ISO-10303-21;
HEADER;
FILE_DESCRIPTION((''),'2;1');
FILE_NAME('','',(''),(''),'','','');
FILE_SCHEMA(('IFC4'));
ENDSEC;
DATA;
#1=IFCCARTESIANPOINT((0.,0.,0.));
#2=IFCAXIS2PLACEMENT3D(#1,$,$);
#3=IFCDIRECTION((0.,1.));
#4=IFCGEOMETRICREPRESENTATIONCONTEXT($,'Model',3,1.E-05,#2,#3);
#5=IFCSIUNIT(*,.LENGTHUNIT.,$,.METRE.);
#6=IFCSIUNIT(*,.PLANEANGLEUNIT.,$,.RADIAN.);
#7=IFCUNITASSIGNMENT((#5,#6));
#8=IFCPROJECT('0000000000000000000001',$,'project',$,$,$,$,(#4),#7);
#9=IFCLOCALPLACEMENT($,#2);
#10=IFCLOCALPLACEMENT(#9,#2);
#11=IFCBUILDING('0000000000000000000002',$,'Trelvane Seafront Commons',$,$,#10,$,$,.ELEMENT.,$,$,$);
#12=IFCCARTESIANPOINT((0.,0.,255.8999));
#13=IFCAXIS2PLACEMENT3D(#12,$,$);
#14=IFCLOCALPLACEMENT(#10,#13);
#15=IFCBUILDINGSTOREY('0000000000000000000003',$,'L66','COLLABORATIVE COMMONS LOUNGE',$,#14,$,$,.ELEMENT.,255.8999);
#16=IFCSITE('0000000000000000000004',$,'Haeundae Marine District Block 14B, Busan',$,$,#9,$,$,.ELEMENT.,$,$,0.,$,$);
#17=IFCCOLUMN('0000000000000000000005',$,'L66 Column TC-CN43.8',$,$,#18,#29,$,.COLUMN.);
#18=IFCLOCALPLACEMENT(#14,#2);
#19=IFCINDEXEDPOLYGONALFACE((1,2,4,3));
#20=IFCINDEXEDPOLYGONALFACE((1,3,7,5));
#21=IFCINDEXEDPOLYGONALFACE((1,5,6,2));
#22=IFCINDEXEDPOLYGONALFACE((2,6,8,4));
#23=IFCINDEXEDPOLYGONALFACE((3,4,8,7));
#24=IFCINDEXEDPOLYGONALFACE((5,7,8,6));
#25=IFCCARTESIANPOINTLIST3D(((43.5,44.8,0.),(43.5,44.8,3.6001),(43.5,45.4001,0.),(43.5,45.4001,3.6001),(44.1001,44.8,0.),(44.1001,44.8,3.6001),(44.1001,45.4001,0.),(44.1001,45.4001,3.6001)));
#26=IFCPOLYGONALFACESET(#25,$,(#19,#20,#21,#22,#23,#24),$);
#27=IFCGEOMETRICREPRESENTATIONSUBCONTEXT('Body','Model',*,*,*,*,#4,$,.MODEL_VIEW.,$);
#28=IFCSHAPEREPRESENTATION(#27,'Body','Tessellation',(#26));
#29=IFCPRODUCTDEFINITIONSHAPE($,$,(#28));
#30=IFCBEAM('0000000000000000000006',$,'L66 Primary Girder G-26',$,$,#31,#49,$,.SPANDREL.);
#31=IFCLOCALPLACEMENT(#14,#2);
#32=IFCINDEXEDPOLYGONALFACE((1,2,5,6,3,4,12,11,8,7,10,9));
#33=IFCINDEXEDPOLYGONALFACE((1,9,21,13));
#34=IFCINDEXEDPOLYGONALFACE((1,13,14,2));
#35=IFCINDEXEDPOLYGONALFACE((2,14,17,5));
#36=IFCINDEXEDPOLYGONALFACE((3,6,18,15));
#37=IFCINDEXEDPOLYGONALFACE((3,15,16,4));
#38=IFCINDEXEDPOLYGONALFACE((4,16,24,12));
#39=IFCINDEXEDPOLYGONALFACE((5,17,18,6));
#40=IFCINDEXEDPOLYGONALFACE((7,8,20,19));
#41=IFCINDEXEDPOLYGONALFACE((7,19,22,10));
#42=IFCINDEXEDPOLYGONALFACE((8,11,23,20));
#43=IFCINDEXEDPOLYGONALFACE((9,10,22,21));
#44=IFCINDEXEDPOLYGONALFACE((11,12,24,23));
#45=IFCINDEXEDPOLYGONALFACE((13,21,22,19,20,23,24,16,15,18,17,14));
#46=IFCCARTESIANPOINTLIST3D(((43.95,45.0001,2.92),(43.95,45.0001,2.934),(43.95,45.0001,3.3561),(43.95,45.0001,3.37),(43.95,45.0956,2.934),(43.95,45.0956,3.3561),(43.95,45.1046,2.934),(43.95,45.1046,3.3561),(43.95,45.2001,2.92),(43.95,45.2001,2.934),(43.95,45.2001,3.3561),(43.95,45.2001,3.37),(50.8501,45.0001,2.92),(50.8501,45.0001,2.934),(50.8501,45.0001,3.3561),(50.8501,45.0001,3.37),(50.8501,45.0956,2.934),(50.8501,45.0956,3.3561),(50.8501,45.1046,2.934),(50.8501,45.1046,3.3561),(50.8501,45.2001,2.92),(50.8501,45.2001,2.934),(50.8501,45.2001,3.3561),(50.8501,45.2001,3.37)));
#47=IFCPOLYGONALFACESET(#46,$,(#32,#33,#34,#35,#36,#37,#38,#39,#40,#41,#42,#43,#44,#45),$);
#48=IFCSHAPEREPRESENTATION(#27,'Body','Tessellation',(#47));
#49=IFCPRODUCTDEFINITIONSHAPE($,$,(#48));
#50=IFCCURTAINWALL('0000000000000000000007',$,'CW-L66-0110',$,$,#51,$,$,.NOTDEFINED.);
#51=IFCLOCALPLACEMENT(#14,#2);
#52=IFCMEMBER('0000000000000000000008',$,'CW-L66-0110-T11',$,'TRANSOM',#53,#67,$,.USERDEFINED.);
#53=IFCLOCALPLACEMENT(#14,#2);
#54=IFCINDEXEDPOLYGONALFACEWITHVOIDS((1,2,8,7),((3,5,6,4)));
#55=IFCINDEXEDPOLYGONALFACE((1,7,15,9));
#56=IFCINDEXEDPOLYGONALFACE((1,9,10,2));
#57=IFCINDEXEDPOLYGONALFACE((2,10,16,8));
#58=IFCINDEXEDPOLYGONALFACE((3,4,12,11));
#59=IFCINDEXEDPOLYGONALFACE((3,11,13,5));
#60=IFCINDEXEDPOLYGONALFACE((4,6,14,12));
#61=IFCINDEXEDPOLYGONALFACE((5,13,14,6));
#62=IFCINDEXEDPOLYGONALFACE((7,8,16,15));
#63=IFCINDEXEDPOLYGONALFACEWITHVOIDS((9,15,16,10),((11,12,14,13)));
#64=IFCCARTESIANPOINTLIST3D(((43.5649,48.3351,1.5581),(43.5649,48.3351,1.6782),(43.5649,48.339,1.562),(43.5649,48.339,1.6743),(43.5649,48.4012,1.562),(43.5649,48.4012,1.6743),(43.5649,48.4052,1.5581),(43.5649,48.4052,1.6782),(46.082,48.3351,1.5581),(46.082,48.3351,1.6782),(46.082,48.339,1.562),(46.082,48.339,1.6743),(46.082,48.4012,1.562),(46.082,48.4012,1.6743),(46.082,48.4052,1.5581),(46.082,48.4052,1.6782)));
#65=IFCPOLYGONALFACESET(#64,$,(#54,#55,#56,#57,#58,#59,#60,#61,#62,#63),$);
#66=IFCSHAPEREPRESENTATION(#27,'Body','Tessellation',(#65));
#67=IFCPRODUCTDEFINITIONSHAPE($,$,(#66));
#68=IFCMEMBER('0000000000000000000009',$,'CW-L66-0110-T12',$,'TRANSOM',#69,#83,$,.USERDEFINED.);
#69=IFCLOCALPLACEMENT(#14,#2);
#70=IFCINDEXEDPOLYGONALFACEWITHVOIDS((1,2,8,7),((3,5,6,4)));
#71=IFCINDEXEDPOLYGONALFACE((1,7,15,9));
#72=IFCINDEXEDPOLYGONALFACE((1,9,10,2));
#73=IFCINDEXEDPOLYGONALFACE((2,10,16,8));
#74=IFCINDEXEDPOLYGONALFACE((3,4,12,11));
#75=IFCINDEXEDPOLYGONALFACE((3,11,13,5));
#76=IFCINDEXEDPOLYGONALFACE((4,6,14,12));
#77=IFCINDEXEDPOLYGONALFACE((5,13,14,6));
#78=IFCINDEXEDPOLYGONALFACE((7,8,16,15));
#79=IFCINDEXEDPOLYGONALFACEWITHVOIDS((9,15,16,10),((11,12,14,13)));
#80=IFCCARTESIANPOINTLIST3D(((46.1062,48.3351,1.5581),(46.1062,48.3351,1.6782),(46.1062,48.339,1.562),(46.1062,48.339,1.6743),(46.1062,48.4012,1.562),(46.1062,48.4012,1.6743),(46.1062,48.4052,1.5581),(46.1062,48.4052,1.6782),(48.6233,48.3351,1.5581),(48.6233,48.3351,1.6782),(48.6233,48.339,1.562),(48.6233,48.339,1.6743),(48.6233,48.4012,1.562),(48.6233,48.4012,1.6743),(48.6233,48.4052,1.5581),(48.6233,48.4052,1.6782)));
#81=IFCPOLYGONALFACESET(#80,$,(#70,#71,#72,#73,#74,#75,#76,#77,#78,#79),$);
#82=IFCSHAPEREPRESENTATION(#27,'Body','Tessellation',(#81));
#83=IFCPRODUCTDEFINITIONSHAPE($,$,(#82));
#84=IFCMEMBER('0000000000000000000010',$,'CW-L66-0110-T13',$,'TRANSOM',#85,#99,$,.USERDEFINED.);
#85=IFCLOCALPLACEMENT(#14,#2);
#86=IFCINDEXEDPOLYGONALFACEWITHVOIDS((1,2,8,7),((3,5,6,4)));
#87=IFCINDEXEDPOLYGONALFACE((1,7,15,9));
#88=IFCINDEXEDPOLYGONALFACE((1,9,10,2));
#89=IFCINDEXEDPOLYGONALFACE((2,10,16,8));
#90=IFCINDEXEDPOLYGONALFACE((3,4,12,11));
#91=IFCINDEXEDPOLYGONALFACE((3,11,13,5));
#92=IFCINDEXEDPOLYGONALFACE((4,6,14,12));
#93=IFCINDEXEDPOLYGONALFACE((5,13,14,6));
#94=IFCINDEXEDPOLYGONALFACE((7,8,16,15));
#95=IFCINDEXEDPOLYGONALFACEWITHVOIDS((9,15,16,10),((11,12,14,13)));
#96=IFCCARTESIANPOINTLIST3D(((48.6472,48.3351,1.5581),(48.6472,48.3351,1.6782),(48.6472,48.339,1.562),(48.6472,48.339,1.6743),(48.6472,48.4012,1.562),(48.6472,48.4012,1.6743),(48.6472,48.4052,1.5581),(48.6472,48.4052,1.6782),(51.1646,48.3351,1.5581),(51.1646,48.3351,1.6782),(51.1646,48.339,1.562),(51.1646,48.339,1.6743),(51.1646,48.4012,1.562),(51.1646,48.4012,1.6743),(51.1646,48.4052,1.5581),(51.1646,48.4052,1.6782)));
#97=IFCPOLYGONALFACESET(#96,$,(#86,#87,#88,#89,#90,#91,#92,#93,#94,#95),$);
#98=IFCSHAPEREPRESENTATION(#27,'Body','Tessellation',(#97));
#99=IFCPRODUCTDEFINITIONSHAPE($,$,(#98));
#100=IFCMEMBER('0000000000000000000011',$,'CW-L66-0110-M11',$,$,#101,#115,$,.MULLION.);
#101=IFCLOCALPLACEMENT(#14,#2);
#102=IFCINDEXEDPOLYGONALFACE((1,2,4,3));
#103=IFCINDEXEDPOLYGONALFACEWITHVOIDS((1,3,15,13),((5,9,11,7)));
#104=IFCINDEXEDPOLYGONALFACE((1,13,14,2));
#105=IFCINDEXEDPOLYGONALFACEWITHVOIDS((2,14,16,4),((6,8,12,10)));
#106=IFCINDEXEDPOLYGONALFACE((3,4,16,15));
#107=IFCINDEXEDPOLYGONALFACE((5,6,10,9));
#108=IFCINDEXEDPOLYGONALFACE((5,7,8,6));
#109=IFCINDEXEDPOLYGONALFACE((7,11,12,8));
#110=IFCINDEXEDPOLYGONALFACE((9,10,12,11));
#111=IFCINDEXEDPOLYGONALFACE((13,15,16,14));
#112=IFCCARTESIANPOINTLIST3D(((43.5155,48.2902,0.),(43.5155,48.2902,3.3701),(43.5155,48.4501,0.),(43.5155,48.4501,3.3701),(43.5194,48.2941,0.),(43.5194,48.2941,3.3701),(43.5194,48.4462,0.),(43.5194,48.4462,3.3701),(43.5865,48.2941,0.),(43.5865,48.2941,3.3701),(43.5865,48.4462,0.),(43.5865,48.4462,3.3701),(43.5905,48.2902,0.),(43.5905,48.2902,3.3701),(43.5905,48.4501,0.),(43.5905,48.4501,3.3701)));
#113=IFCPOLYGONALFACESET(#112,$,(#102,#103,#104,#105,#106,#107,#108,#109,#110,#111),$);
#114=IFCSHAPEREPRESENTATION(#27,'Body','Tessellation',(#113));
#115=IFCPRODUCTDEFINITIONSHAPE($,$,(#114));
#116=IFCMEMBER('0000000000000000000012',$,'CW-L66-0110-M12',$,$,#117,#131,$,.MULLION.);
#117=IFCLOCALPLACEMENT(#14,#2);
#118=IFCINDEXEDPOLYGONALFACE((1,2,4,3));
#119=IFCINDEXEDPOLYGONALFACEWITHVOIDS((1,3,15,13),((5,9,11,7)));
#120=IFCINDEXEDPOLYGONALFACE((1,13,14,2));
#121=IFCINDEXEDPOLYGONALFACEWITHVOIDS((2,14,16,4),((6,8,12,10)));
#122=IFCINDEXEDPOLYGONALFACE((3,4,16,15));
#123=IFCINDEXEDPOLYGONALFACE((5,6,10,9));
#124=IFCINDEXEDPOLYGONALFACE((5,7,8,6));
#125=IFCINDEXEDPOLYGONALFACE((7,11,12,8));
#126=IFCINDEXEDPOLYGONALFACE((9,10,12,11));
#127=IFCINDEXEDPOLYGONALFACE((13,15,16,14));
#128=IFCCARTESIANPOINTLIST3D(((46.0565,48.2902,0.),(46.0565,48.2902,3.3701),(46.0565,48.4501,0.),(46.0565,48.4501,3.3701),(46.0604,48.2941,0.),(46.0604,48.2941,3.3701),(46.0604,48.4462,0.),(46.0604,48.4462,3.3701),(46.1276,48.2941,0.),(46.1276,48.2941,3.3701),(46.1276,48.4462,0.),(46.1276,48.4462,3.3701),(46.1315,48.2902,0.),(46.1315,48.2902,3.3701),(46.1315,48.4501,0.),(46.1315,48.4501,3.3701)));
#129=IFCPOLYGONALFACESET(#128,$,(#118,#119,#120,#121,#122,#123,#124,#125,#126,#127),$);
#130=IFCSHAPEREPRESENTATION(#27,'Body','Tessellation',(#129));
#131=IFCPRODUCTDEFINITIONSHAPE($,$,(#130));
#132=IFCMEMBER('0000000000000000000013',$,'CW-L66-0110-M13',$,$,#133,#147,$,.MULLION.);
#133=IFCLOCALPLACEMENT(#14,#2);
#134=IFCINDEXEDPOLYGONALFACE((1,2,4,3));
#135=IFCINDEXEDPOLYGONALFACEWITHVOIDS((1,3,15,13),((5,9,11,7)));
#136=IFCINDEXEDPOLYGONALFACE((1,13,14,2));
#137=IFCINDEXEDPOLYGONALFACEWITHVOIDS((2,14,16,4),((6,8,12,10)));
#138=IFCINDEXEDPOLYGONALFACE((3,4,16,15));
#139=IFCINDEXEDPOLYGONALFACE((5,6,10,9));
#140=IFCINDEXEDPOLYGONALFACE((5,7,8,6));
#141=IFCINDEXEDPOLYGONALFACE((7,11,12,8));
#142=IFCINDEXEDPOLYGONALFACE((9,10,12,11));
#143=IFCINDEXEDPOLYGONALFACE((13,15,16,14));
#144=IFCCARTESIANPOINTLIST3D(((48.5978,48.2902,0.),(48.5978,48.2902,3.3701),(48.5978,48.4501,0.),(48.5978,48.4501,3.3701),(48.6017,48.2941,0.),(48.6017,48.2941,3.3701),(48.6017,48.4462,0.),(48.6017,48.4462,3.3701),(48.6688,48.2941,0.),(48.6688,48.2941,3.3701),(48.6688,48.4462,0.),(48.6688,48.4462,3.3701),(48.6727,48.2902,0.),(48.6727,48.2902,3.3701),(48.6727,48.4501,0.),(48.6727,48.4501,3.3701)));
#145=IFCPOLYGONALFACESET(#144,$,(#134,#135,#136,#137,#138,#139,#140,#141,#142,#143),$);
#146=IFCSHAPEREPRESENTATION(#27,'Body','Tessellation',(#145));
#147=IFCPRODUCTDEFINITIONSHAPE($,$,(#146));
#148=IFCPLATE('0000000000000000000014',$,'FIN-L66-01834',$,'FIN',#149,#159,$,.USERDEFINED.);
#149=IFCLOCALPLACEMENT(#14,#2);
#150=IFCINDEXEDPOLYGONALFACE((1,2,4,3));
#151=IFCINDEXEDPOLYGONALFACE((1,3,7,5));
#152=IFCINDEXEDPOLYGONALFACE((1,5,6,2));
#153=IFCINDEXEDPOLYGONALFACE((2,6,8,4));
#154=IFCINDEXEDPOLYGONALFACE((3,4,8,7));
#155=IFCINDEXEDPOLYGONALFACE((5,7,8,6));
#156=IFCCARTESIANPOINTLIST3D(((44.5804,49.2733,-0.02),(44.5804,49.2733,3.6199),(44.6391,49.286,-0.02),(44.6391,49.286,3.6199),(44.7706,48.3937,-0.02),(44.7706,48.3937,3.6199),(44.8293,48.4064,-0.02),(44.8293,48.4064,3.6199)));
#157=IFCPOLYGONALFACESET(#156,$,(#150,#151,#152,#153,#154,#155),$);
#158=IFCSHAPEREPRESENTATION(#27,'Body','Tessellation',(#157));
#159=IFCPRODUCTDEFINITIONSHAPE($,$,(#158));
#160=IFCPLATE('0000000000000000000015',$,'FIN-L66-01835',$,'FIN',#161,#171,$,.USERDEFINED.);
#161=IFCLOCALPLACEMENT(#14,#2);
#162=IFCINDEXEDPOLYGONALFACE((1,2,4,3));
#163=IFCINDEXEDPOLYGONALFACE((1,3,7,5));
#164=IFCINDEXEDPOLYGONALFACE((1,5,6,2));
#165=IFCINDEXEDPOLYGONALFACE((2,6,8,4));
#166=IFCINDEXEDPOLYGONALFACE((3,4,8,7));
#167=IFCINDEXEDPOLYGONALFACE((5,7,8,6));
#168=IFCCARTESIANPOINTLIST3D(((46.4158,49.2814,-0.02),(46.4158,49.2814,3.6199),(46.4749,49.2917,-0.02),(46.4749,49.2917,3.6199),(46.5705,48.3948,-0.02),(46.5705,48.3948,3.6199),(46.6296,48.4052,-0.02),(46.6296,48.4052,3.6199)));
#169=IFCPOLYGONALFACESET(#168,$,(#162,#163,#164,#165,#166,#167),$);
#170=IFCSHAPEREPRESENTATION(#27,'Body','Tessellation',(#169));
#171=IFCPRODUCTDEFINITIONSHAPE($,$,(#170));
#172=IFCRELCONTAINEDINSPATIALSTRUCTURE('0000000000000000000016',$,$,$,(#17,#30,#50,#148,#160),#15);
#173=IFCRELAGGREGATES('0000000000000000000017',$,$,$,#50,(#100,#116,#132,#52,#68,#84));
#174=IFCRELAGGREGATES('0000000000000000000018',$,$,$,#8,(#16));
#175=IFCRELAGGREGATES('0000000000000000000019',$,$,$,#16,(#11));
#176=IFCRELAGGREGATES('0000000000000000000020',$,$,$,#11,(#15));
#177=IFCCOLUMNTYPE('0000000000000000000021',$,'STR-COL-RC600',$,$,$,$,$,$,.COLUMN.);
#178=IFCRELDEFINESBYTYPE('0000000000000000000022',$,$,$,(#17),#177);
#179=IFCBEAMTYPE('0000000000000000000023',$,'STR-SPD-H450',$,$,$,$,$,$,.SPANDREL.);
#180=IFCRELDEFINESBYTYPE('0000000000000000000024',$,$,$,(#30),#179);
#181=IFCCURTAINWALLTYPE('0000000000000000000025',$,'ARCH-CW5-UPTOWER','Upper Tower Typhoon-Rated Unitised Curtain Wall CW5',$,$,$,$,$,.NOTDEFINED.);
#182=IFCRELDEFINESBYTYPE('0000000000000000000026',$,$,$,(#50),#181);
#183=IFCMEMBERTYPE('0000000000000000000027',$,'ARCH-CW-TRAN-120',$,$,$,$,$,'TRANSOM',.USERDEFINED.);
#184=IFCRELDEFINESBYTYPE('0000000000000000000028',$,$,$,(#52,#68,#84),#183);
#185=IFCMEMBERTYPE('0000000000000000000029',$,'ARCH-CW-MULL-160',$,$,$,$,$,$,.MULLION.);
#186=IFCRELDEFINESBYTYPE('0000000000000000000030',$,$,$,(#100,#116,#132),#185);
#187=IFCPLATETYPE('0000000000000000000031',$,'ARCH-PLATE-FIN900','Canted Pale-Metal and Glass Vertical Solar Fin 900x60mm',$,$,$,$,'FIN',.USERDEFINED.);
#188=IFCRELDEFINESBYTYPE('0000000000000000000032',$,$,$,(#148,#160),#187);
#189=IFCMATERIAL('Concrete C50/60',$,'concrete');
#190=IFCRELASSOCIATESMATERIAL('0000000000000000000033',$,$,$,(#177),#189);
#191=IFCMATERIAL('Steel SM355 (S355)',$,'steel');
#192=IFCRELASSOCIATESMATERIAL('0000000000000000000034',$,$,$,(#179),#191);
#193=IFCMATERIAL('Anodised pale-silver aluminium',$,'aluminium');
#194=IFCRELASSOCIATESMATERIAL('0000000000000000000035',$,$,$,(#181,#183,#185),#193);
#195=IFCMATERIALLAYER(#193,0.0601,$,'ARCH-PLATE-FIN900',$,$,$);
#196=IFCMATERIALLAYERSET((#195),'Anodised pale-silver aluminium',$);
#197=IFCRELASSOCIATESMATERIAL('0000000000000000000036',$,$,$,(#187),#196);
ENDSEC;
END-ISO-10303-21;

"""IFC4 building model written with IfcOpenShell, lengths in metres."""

from ifc_helpers import new_model, si_unit, direction, frame, origin, origin_2d, place, context, subcontext, project, spatial, rectangle, hollow_rectangle, i_section, extrude, source, transform, mapped, material, layer, layer_set, material_profile, profile_set, type_object, element, aggregate, save


model = new_model("IFC4")

# Units and contexts
model_context = context("Model", 3, precision=1e-05, world=origin(), true_north=direction((0.0, 1.0)))
body_context = subcontext(model_context, "Body", "Model", "MODEL_VIEW")
ifc_project = project(units=[si_unit("LENGTHUNIT", "METRE"), si_unit("PLANEANGLEUNIT", "RADIAN")], contexts=[model_context])

# Site, building, storey
site_placement = place(None, origin())
site = spatial("IfcSite", under=ifc_project, at=site_placement, Name="Haeundae Marine District Block 14B, Busan", CompositionType="ELEMENT", RefElevation=0.0)
building_placement = place(site_placement, origin())
building = spatial("IfcBuilding", under=site, at=building_placement, Name="Trelvane Seafront Commons", CompositionType="ELEMENT")
storey_placement = place(building_placement, frame((0.0, 0.0, 255.8999)))
storey = spatial("IfcBuildingStorey", under=building, at=storey_placement, Name="L66", Description="COLLABORATIVE COMMONS LOUNGE", CompositionType="ELEMENT", Elevation=255.8999)

# Column
ifc_material_1 = material(Name="Concrete C50/60", Category="concrete")
ifc_material_profile_1 = material_profile(ifc_material_1, rectangle(XDim=0.6001, YDim=0.6001, at=origin_2d()), Name="RC-600x600")
ifc_profile_set_1 = profile_set([ifc_material_profile_1], Name="Concrete C50/60")
column_type = type_object("IfcColumnType", Name="STR-COL-RC600", PredefinedType="COLUMN", material=ifc_profile_set_1)
shared_shape_1 = source(origin(), body_context, "Body", "SweptSolid", [
    extrude(rectangle(XDim=0.6001, YDim=0.6001, at=origin_2d()), origin(), (0.0, 0.0, 1.0), 3.6001),
])
column_placement = place(storey_placement, frame((43.8, 45.1001, 0.0), z_axis=(0.0, 0.0, 1.0), x_axis=(1.0, 0.0, 0.0)))
element("IfcColumn", 1, at=column_placement, inside=storey, type_object=column_type, Name="L66 Column TC-CN43.8", PredefinedType="COLUMN", context=body_context, shape_type="MappedRepresentation", body=[
    mapped(shared_shape_1, transform((0.0, 0.0, 0.0), x_axis=(1.0, 0.0, 0.0), y_axis=(0.0, 1.0, 0.0), z_axis=(0.0, 0.0, 1.0), scale=1.0)),
])

# Beam
ifc_material_2 = material(Name="Steel SM355 (S355)", Category="steel")
ifc_material_profile_2 = material_profile(ifc_material_2, i_section(OverallWidth=0.2, OverallDepth=0.45, WebThickness=0.009, FlangeThickness=0.0139, at=origin_2d()), Name="H-450x200x9x14")
ifc_profile_set_2 = profile_set([ifc_material_profile_2], Name="Steel SM355 (S355)")
beam_type = type_object("IfcBeamType", Name="STR-SPD-H450", PredefinedType="SPANDREL", material=ifc_profile_set_2)
shared_shape_2 = source(origin(), body_context, "Body", "SweptSolid", [
    extrude(i_section(OverallWidth=0.2, OverallDepth=0.45, WebThickness=0.009, FlangeThickness=0.0139, at=origin_2d()), origin(), (0.0, 0.0, 1.0), 6.9001),
])
beam_placement = place(storey_placement, frame((43.95, 45.1001, 3.145), z_axis=(1.0, 0.0, 0.0), x_axis=(0.0, 1.0, 0.0)))
element("IfcBeam", 2, at=beam_placement, inside=storey, type_object=beam_type, Name="L66 Primary Girder G-26", PredefinedType="SPANDREL", context=body_context, shape_type="MappedRepresentation", body=[
    mapped(shared_shape_2, transform((0.0, 0.0, 0.0), x_axis=(1.0, 0.0, 0.0), y_axis=(0.0, 1.0, 0.0), z_axis=(0.0, 0.0, 1.0), scale=1.0)),
])

# Curtain wall, members
ifc_material_3 = material(Name="Anodised pale-silver aluminium", Category="aluminium")
curtain_wall_type = type_object("IfcCurtainWallType", Name="ARCH-CW5-UPTOWER", Description="Upper Tower Typhoon-Rated Unitised Curtain Wall CW5", PredefinedType="NOTDEFINED", material=ifc_material_3)
curtain_wall_placement = place(storey_placement, origin())
curtain_wall = element("IfcCurtainWall", 3, at=curtain_wall_placement, inside=storey, type_object=curtain_wall_type, Name="CW-L66-0110", PredefinedType="NOTDEFINED")
ifc_material_profile_3 = material_profile(ifc_material_3, hollow_rectangle(XDim=0.0701, YDim=0.1201, WallThickness=0.0039, at=origin_2d()), Name="TRAN-70x120x4")
ifc_profile_set_3 = profile_set([ifc_material_profile_3], Name="Anodised pale-silver aluminium")
member_type_1 = type_object("IfcMemberType", Name="ARCH-CW-TRAN-120", ElementType="TRANSOM", PredefinedType="USERDEFINED", material=ifc_profile_set_3)
shared_shape_3 = source(origin(), body_context, "Body", "SweptSolid", [
    extrude(hollow_rectangle(XDim=0.0701, YDim=0.1201, WallThickness=0.0039, at=origin_2d()), origin(), (0.0, 0.0, 1.0), 2.5171),
])
member_1_placement = place(storey_placement, frame((43.5649, 48.3701, 1.6182), z_axis=(1.0, 0.0, 0.0), x_axis=(0.0, 1.0, 0.0)))
member_1 = element("IfcMember", 4, at=member_1_placement, type_object=member_type_1, Name="CW-L66-0110-T11", ObjectType="TRANSOM", PredefinedType="USERDEFINED", context=body_context, shape_type="MappedRepresentation", body=[
    mapped(shared_shape_3, transform((0.0, 0.0, 0.0), x_axis=(1.0, 0.0, 0.0), y_axis=(0.0, 1.0, 0.0), z_axis=(0.0, 0.0, 1.0), scale=1.0)),
])
member_2_placement = place(storey_placement, frame((46.1062, 48.3701, 1.6182), z_axis=(1.0, 0.0, 0.0), x_axis=(0.0, 1.0, 0.0)))
member_2 = element("IfcMember", 5, at=member_2_placement, type_object=member_type_1, Name="CW-L66-0110-T12", ObjectType="TRANSOM", PredefinedType="USERDEFINED", context=body_context, shape_type="MappedRepresentation", body=[
    mapped(shared_shape_3, transform((0.0, 0.0, 0.0), x_axis=(1.0, 0.0, 0.0), y_axis=(0.0, 1.0, 0.0), z_axis=(0.0, 0.0, 1.0), scale=1.0)),
])
shared_shape_4 = source(origin(), body_context, "Body", "SweptSolid", [
    extrude(hollow_rectangle(XDim=0.0701, YDim=0.1201, WallThickness=0.0039, at=origin_2d()), origin(), (0.0, 0.0, 1.0), 2.5173),
])
member_3_placement = place(storey_placement, frame((48.6472, 48.3701, 1.6182), z_axis=(1.0, 0.0, 0.0), x_axis=(0.0, 1.0, 0.0)))
member_3 = element("IfcMember", 6, at=member_3_placement, type_object=member_type_1, Name="CW-L66-0110-T13", ObjectType="TRANSOM", PredefinedType="USERDEFINED", context=body_context, shape_type="MappedRepresentation", body=[
    mapped(shared_shape_4, transform((0.0, 0.0, 0.0), x_axis=(1.0, 0.0, 0.0), y_axis=(0.0, 1.0, 0.0), z_axis=(0.0, 0.0, 1.0), scale=1.0)),
])
ifc_material_profile_4 = material_profile(ifc_material_3, hollow_rectangle(XDim=0.075, YDim=0.1599, WallThickness=0.0039, at=origin_2d()), Name="MULL-75x160x4")
ifc_profile_set_4 = profile_set([ifc_material_profile_4], Name="Anodised pale-silver aluminium")
member_type_2 = type_object("IfcMemberType", Name="ARCH-CW-MULL-160", PredefinedType="MULLION", material=ifc_profile_set_4)
shared_shape_5 = source(origin(), body_context, "Body", "SweptSolid", [
    extrude(hollow_rectangle(XDim=0.075, YDim=0.1599, WallThickness=0.0039, at=origin_2d()), origin(), (0.0, 0.0, 1.0), 3.3701),
])
member_4_placement = place(storey_placement, frame((43.553, 48.3701, 0.0), z_axis=(0.0, 0.0, 1.0), x_axis=(1.0, 0.0, 0.0)))
member_4 = element("IfcMember", 7, at=member_4_placement, type_object=member_type_2, Name="CW-L66-0110-M11", PredefinedType="MULLION", context=body_context, shape_type="MappedRepresentation", body=[
    mapped(shared_shape_5, transform((0.0, 0.0, 0.0), x_axis=(1.0, 0.0, 0.0), y_axis=(0.0, 1.0, 0.0), z_axis=(0.0, 0.0, 1.0), scale=1.0)),
])
member_5_placement = place(storey_placement, frame((46.094, 48.3701, 0.0), z_axis=(0.0, 0.0, 1.0), x_axis=(1.0, 0.0, 0.0)))
member_5 = element("IfcMember", 8, at=member_5_placement, type_object=member_type_2, Name="CW-L66-0110-M12", PredefinedType="MULLION", context=body_context, shape_type="MappedRepresentation", body=[
    mapped(shared_shape_5, transform((0.0, 0.0, 0.0), x_axis=(1.0, 0.0, 0.0), y_axis=(0.0, 1.0, 0.0), z_axis=(0.0, 0.0, 1.0), scale=1.0)),
])
member_6_placement = place(storey_placement, frame((48.6353, 48.3701, 0.0), z_axis=(0.0, 0.0, 1.0), x_axis=(1.0, 0.0, 0.0)))
member_6 = element("IfcMember", 9, at=member_6_placement, type_object=member_type_2, Name="CW-L66-0110-M13", PredefinedType="MULLION", context=body_context, shape_type="MappedRepresentation", body=[
    mapped(shared_shape_5, transform((0.0, 0.0, 0.0), x_axis=(1.0, 0.0, 0.0), y_axis=(0.0, 1.0, 0.0), z_axis=(0.0, 0.0, 1.0), scale=1.0)),
])

# Plates
ifc_layer_1 = layer(ifc_material_3, 0.0601, Name="ARCH-PLATE-FIN900")
ifc_layer_set_1 = layer_set([ifc_layer_1], Name="Anodised pale-silver aluminium")
plate_type_1 = type_object("IfcPlateType", Name="ARCH-PLATE-FIN900", Description="Canted Pale-Metal and Glass Vertical Solar Fin 900x60mm", ElementType="FIN", PredefinedType="USERDEFINED", material=ifc_layer_set_1)
shared_shape_6 = source(origin(), body_context, "Body", "SweptSolid", [
    extrude(rectangle(XDim=0.8999, YDim=0.0601, at=origin_2d()), origin(), (0.0, 0.0, 1.0), 3.6399),
])
for number, where, z_axis, x_axis, name in (
    (10, (44.7048, 48.8398, -0.02), (0.0, 0.0, 1.0), (-0.211327, 0.977416, 0.0), "FIN-L66-01834"),
    (11, (46.5227, 48.8433, -0.02), (0.0, 0.0, 1.0), (-0.17189, 0.985116, 0.0), "FIN-L66-01835"),
):
    element("IfcPlate", number, at=place(storey_placement, frame(where, z_axis=z_axis, x_axis=x_axis)), inside=storey, type_object=plate_type_1, Name=name, ObjectType="FIN", PredefinedType="USERDEFINED", context=body_context, shape_type="MappedRepresentation", body=[
        mapped(shared_shape_6, transform((0.0, 0.0, 0.0), x_axis=(1.0, 0.0, 0.0), y_axis=(0.0, 1.0, 0.0), z_axis=(0.0, 0.0, 1.0), scale=1.0)),
    ])

aggregate(curtain_wall, [member_4, member_5, member_6, member_1, member_2, member_3])

save(model, "model.ifc")
